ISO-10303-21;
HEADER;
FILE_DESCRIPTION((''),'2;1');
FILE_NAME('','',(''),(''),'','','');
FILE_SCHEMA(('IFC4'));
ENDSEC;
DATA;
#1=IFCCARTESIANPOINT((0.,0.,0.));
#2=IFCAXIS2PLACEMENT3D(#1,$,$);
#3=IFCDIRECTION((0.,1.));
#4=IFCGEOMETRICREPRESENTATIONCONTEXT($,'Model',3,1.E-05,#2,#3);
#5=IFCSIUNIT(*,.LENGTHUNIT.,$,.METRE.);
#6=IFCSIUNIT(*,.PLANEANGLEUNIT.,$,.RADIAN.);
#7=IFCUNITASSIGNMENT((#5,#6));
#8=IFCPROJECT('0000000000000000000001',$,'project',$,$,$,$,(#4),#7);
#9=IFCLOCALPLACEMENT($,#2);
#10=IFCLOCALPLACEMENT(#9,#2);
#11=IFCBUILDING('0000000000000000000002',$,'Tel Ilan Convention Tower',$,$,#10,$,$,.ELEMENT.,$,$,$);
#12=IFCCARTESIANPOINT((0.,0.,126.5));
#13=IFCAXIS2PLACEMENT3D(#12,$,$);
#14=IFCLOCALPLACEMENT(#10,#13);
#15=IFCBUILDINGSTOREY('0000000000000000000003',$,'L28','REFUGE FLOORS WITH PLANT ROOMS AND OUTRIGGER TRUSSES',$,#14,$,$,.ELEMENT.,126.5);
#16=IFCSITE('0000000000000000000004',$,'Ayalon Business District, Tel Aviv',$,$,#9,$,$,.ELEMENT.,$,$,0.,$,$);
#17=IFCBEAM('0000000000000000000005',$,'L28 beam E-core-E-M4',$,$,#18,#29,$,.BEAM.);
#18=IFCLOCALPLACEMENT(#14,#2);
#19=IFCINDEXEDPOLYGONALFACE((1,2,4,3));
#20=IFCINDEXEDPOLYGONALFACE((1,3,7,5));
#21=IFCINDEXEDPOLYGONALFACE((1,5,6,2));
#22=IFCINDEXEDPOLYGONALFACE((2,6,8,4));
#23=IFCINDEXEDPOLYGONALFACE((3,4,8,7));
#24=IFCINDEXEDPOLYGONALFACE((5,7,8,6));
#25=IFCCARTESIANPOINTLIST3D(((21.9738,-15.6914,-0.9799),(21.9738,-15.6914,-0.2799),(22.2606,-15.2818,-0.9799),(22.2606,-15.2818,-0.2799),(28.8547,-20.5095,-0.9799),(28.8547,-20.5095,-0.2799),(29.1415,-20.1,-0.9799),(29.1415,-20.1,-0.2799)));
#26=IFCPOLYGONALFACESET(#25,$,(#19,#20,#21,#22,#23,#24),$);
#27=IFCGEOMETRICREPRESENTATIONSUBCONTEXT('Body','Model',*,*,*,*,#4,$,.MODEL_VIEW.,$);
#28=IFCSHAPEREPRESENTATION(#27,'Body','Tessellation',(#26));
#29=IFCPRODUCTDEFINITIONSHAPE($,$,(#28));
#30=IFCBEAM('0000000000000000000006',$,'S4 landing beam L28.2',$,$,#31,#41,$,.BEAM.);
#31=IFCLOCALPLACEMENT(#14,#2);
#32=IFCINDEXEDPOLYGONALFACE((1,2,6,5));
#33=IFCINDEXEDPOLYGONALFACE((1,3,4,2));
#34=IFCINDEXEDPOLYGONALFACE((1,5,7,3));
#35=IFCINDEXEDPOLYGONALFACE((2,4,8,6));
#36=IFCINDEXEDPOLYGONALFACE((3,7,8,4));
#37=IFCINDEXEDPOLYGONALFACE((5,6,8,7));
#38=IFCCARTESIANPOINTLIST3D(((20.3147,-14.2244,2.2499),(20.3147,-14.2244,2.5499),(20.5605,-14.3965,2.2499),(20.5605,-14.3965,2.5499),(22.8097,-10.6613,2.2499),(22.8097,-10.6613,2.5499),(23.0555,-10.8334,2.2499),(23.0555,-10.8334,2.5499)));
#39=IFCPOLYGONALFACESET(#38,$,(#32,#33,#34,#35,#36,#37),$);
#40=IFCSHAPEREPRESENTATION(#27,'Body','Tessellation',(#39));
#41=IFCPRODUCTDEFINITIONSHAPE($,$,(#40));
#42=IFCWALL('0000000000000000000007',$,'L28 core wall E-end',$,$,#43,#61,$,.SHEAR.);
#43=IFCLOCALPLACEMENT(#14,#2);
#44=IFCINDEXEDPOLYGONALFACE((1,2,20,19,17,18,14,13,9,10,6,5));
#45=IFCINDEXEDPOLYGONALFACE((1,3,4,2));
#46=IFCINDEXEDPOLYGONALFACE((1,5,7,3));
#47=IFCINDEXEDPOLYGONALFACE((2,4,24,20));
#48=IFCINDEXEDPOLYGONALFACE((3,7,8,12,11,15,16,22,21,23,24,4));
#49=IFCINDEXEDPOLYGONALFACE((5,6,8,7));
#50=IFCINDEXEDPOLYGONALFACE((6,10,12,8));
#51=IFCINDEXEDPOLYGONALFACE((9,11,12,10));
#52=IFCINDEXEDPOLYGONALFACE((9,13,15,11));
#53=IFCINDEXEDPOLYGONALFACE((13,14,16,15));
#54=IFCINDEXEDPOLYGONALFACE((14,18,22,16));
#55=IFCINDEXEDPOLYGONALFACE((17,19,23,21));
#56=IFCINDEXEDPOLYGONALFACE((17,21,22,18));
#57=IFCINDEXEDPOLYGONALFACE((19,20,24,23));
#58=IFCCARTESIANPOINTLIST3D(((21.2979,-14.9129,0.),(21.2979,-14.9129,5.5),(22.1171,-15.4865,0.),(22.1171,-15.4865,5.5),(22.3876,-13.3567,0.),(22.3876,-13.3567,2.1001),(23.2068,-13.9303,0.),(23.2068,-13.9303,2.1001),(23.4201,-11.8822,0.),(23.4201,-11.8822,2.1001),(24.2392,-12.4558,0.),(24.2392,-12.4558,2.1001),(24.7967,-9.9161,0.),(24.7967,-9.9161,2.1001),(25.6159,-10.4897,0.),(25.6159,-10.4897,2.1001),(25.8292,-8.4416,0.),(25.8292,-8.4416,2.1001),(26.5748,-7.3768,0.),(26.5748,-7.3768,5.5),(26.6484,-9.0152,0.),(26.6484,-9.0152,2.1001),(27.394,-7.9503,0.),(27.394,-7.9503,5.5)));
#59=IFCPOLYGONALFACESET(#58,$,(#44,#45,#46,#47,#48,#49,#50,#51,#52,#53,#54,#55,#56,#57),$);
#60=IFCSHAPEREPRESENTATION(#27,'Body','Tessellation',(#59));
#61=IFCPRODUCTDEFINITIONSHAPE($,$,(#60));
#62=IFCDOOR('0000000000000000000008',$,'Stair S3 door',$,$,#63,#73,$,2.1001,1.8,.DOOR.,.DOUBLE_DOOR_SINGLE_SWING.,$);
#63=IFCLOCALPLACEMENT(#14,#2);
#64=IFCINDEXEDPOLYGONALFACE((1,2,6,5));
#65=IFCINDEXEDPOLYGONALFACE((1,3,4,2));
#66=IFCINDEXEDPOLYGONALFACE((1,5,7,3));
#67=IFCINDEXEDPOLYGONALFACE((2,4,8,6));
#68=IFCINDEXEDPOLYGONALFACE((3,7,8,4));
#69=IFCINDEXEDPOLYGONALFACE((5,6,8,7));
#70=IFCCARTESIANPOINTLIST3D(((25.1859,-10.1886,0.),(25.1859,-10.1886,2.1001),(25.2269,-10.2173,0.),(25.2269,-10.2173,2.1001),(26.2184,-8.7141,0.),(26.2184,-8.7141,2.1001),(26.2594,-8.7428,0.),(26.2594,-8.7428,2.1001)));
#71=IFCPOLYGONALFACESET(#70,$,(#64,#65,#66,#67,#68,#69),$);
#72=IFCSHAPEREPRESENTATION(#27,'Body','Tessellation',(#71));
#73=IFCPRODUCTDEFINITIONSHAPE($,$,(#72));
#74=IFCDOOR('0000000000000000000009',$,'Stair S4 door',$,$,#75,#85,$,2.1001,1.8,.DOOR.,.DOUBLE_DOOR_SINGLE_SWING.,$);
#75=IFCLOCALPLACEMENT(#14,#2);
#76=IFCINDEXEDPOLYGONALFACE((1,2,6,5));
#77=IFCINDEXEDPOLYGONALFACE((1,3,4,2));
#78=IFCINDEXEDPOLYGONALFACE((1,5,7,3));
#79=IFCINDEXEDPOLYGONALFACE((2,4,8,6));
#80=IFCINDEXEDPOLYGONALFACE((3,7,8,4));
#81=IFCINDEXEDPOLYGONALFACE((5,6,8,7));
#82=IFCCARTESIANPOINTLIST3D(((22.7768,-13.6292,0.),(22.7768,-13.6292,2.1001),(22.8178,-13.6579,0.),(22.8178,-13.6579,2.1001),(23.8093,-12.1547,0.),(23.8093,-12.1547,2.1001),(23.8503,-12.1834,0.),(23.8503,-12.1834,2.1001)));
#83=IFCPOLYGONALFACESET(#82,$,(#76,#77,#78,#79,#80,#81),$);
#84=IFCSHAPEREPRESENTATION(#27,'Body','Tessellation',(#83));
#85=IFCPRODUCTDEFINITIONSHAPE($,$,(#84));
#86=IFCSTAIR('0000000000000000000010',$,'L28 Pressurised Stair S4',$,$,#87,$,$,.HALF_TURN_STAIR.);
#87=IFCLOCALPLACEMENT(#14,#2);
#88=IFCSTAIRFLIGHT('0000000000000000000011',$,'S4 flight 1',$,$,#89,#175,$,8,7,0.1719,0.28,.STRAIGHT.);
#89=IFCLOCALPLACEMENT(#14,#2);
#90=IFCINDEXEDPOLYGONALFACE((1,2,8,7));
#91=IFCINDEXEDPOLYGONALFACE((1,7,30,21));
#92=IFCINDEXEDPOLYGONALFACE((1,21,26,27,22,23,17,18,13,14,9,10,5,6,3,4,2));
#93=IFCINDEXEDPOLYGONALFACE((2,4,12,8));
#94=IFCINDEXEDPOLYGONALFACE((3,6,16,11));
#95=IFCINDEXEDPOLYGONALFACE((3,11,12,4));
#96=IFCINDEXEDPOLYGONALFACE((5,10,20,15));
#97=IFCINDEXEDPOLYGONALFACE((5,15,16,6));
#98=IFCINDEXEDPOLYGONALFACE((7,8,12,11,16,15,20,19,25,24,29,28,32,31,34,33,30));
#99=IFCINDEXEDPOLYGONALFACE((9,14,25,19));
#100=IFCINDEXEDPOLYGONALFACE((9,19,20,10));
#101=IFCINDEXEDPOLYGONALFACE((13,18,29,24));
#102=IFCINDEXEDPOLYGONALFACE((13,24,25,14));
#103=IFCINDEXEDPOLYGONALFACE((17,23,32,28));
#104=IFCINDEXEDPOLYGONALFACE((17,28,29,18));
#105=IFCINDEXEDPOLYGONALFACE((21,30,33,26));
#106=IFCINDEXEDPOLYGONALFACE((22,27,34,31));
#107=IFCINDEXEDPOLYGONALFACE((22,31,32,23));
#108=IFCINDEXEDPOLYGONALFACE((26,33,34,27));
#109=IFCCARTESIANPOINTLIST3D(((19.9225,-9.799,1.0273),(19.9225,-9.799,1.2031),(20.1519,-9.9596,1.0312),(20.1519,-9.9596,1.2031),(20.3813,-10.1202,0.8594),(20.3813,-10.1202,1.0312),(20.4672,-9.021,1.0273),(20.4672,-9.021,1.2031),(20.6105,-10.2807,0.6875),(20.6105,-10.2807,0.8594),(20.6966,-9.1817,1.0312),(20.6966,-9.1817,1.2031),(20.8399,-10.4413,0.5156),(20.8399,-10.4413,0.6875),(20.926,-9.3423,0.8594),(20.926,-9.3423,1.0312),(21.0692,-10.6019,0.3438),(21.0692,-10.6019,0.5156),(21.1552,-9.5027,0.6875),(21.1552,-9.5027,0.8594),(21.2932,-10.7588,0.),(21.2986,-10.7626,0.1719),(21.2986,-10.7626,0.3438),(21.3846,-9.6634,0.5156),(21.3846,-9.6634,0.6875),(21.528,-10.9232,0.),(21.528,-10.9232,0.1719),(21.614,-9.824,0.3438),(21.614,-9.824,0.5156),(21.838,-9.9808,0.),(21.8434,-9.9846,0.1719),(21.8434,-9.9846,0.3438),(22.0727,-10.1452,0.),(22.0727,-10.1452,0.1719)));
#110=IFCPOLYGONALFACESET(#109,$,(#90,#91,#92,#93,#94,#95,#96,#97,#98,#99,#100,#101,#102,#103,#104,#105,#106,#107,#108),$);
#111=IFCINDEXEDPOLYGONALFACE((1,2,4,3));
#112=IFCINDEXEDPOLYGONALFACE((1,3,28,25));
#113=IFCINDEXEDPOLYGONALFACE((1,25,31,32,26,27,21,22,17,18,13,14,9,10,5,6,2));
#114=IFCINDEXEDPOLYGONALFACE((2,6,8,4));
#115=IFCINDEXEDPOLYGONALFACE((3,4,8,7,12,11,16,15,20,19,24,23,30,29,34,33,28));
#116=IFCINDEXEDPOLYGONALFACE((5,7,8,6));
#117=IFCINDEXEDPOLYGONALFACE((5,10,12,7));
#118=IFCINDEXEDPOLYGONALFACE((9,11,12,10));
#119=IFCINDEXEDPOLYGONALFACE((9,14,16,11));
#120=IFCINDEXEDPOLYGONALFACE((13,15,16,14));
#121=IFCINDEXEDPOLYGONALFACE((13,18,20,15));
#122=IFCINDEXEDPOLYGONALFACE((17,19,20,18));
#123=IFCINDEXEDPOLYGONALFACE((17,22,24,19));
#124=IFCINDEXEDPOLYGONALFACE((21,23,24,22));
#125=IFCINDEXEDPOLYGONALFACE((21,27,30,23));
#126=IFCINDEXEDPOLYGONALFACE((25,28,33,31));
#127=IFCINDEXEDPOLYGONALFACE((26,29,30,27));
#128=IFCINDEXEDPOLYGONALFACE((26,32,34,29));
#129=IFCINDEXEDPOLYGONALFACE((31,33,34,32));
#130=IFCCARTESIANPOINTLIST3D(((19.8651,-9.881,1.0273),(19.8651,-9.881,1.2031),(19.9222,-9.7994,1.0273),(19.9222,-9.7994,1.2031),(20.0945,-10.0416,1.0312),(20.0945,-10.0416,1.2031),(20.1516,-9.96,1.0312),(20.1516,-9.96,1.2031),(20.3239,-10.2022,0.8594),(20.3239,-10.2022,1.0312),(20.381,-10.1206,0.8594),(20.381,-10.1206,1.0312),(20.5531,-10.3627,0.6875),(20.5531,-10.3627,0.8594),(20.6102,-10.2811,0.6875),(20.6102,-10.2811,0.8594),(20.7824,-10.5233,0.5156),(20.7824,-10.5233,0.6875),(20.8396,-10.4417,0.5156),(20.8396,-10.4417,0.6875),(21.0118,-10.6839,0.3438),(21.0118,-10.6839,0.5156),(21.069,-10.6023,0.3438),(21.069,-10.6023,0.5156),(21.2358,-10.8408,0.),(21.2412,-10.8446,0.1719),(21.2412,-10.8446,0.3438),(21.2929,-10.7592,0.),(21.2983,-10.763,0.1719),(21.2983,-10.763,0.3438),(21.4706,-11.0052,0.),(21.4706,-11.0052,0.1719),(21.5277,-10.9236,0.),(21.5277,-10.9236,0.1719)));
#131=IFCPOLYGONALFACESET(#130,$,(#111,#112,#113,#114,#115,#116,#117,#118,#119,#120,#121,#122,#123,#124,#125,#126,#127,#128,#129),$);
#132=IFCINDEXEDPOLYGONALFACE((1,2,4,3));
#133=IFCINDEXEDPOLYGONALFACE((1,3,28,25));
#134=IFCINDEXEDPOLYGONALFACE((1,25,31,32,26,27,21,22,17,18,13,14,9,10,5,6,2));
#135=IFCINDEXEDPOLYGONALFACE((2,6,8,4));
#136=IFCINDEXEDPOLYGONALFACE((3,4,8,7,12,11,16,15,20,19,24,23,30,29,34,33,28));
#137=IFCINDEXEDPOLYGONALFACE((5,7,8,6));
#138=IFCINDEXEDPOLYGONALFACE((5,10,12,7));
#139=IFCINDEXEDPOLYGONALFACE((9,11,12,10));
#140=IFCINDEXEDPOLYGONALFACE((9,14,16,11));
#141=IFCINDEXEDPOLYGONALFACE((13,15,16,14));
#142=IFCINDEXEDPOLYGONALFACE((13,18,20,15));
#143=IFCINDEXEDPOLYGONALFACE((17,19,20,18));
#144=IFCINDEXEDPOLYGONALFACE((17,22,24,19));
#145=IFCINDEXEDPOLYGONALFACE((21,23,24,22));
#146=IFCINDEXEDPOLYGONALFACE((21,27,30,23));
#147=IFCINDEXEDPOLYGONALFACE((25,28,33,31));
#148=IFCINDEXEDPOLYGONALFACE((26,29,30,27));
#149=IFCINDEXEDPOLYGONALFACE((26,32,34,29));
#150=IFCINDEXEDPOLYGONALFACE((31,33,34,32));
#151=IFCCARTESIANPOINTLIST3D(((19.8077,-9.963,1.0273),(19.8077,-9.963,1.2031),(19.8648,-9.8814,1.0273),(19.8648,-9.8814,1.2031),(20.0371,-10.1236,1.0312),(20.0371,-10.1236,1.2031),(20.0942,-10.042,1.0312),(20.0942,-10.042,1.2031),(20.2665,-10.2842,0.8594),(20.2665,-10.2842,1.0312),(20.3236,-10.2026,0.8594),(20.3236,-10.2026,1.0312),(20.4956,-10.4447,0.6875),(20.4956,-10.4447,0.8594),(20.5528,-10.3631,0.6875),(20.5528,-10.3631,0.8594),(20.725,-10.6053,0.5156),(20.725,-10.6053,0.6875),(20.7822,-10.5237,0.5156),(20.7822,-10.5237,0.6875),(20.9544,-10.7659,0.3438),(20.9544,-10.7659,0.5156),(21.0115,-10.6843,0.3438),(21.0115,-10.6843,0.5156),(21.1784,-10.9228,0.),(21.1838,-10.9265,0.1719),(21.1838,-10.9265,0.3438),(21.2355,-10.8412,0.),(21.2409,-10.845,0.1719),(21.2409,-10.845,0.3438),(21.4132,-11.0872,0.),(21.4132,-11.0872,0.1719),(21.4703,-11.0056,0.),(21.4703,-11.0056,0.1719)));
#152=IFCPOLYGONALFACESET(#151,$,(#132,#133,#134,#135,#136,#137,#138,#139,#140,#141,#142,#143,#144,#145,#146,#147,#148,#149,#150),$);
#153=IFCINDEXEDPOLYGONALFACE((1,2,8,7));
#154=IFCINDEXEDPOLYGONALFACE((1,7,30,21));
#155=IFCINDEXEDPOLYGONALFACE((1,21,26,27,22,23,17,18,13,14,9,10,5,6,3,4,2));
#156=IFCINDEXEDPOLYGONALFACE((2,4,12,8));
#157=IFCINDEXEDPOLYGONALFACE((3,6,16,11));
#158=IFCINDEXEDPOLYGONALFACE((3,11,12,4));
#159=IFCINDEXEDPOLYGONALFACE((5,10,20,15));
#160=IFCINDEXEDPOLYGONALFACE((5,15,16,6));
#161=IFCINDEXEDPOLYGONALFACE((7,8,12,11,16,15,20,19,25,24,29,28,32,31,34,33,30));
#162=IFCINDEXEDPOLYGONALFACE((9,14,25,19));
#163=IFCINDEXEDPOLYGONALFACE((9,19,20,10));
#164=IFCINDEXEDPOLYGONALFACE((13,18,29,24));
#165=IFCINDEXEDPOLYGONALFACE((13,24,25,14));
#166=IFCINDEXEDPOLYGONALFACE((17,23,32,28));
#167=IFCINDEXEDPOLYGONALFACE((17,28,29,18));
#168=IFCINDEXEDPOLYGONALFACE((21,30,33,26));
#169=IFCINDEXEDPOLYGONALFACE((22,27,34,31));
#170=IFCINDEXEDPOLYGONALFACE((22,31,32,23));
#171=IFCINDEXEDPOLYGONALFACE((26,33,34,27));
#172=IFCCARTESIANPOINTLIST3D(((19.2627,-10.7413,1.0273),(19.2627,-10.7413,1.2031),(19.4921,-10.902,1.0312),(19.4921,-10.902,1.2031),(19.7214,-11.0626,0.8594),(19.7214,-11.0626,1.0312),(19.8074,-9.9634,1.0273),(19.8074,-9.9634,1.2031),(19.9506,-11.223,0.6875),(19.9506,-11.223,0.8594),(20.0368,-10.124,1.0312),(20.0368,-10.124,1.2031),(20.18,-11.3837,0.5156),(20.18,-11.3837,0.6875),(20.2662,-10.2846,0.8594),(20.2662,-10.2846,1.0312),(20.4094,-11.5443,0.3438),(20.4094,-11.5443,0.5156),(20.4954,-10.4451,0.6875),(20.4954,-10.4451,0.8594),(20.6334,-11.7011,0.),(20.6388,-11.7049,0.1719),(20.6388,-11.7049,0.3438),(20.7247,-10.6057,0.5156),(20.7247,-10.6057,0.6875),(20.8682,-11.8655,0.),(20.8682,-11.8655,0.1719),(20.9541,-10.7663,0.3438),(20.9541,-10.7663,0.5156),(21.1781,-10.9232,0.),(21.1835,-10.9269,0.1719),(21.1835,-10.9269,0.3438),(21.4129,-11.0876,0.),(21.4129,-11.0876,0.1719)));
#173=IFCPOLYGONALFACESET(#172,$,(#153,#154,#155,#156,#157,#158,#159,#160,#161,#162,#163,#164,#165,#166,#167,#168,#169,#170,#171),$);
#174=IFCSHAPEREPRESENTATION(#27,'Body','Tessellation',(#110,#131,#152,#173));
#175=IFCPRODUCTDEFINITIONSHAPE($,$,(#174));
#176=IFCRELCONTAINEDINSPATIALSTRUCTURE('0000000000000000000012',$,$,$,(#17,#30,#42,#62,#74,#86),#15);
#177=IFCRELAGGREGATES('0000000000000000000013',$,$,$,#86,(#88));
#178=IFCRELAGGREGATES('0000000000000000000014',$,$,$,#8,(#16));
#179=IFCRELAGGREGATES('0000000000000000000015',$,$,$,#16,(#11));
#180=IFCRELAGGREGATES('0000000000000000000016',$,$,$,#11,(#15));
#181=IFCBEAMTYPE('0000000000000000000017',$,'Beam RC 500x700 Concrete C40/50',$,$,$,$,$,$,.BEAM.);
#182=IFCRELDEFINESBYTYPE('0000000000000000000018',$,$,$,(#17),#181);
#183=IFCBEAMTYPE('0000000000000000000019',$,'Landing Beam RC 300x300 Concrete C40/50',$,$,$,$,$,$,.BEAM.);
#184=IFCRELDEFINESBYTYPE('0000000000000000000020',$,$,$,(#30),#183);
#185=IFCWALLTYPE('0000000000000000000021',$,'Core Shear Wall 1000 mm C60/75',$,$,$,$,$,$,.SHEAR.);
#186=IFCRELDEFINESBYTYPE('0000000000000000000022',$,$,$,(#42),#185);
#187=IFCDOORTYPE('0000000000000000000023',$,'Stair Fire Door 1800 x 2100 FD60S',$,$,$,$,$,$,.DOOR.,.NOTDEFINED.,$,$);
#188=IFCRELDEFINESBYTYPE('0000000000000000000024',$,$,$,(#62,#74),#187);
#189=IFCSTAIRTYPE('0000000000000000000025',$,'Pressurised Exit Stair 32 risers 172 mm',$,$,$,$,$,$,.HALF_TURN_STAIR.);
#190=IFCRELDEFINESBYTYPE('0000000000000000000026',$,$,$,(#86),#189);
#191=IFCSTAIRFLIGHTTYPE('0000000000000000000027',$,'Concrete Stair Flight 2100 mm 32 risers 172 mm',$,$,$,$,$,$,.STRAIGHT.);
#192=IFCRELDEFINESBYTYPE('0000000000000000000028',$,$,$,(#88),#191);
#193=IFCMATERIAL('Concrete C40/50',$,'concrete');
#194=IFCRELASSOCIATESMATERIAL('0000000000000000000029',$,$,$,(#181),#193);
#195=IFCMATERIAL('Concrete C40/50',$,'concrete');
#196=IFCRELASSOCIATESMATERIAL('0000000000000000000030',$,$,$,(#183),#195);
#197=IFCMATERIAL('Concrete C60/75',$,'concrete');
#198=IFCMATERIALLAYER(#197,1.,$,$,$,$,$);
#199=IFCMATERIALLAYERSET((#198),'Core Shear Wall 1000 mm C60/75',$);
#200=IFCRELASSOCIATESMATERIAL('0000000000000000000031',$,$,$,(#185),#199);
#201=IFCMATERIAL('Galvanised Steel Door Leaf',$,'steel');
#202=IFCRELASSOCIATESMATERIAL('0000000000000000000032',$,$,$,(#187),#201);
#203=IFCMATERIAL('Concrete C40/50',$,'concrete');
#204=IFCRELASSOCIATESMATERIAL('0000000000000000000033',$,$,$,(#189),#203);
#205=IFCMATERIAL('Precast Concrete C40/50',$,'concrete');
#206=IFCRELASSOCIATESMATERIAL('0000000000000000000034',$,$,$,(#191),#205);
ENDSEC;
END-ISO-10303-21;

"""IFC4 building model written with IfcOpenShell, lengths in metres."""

from ifc_helpers import new_model, si_unit, direction, frame, frame_2d, origin, origin_2d, place, context, subcontext, project, spatial, polyline, rectangle, outline, extrude, material, layer, layer_set, material_profile, profile_set, type_object, element, fill, aggregate, save


model = new_model("IFC4")

# Units and contexts
model_context = context("Model", 3, precision=1e-05, world=origin(), true_north=direction((0.0, 1.0)))
body_context = subcontext(model_context, "Body", "Model", "MODEL_VIEW")
ifc_project = project(units=[si_unit("LENGTHUNIT", "METRE"), si_unit("PLANEANGLEUNIT", "RADIAN")], contexts=[model_context])

# Site, building, storey
site_placement = place(None, origin())
site = spatial("IfcSite", under=ifc_project, at=site_placement, Name="Ayalon Business District, Tel Aviv", CompositionType="ELEMENT", RefElevation=0.0)
building_placement = place(site_placement, origin())
building = spatial("IfcBuilding", under=site, at=building_placement, Name="Tel Ilan Convention Tower", CompositionType="ELEMENT")
storey_placement = place(building_placement, frame((0.0, 0.0, 126.5)))
storey = spatial("IfcBuildingStorey", under=building, at=storey_placement, Name="L28", Description="REFUGE FLOORS WITH PLANT ROOMS AND OUTRIGGER TRUSSES", CompositionType="ELEMENT", Elevation=126.5)

# Beams
ifc_material_1 = material(Name="Concrete C40/50", Category="concrete")
ifc_material_profile_1 = material_profile(ifc_material_1, rectangle(XDim=0.5, YDim=0.7, at=origin_2d()), Name="RC 500x700")
ifc_profile_set_1 = profile_set([ifc_material_profile_1], Name="Concrete C40/50")
beam_type_1 = type_object("IfcBeamType", Name="Beam RC 500x700 Concrete C40/50", PredefinedType="BEAM", material=ifc_profile_set_1)
beam_1_placement = place(storey_placement, frame((22.1172, -15.4866, -0.6299), z_axis=(0.819147, -0.573583, 0.0), x_axis=(0.573583, 0.819147, 0.0)))
element("IfcBeam", 1, at=beam_1_placement, inside=storey, type_object=beam_type_1, Name="L28 beam E-core-E-M4", PredefinedType="BEAM", context=body_context, shape_type="SweptSolid", body=[
    extrude(rectangle(XDim=0.5, YDim=0.7, at=origin_2d()), origin(), (0.0, 0.0, 1.0), 8.4001),
])
ifc_material_2 = material(Name="Concrete C40/50", Category="concrete")
ifc_material_profile_2 = material_profile(ifc_material_2, rectangle(XDim=0.3, YDim=0.3, at=origin_2d()), Name="RC 300x300")
ifc_profile_set_2 = profile_set([ifc_material_profile_2], Name="Concrete C40/50")
beam_type_2 = type_object("IfcBeamType", Name="Landing Beam RC 300x300 Concrete C40/50", PredefinedType="BEAM", material=ifc_profile_set_2)
beam_2_placement = place(storey_placement, frame((22.9326, -10.7473, 2.3999), z_axis=(-0.573594, -0.81914, 0.0), x_axis=(0.81914, -0.573594, 0.0)))
element("IfcBeam", 2, at=beam_2_placement, inside=storey, type_object=beam_type_2, Name="S4 landing beam L28.2", PredefinedType="BEAM", context=body_context, shape_type="SweptSolid", body=[
    extrude(rectangle(XDim=0.3, YDim=0.3, at=origin_2d()), origin(), (0.0, 0.0, 1.0), 4.3499),
])

# Wall, openings, doors
ifc_material_3 = material(Name="Concrete C60/75", Category="concrete")
ifc_layer_1 = layer(ifc_material_3, 1.0)
ifc_layer_set_1 = layer_set([ifc_layer_1], Name="Core Shear Wall 1000 mm C60/75")
wall_type = type_object("IfcWallType", Name="Core Shear Wall 1000 mm C60/75", PredefinedType="SHEAR", material=ifc_layer_set_1)
wall_placement = place(storey_placement, frame((21.7075, -15.1997, 0.0), z_axis=(0.0, 0.0, 1.0), x_axis=(0.573576, 0.819152, 0.0)))
wall = element("IfcWall", 3, at=wall_placement, inside=storey, type_object=wall_type, Name="L28 core wall E-end", PredefinedType="SHEAR", context=body_context, shape_type="SweptSolid", body=[
    extrude(outline(polyline([(9.2, 0.5), (0.0, 0.5), (0.0, -0.5), (9.2, -0.5), (9.2, 0.5)])), origin(), (0.0, 0.0, 1.0), 5.5),
])
opening_1_placement = place(wall_placement, frame((6.1001, 0.0, 0.0)))
opening_1 = element("IfcOpeningElement", 4, at=opening_1_placement, cuts=wall, PredefinedType="OPENING", context=body_context, shape_type="SweptSolid", body=[
    extrude(rectangle(XDim=1.8, YDim=2.1001, at=frame_2d((0.8999, 1.05))), frame((0.0, 0.51, 0.0), z_axis=(0.0, -1.0, 0.0), x_axis=(1.0, 0.0, 0.0)), (0.0, 0.0, 1.0), 1.02),
])
opening_2_placement = place(wall_placement, frame((1.8999, 0.0, 0.0)))
opening_2 = element("IfcOpeningElement", 5, at=opening_2_placement, cuts=wall, PredefinedType="OPENING", context=body_context, shape_type="SweptSolid", body=[
    extrude(rectangle(XDim=1.8, YDim=2.1001, at=frame_2d((0.8999, 1.05))), frame((0.0, 0.51, 0.0), z_axis=(0.0, -1.0, 0.0), x_axis=(1.0, 0.0, 0.0)), (0.0, 0.0, 1.0), 1.02),
])
ifc_material_4 = material(Name="Galvanised Steel Door Leaf", Category="steel")
door_type = type_object("IfcDoorType", Name="Stair Fire Door 1800 x 2100 FD60S", OperationType="NOTDEFINED", PredefinedType="DOOR", material=ifc_material_4)
door_1_placement = place(opening_1_placement, origin())
door_1 = element("IfcDoor", 6, at=door_1_placement, inside=storey, type_object=door_type, Name="Stair S3 door", OperationType="DOUBLE_DOOR_SINGLE_SWING", OverallHeight=2.1001, OverallWidth=1.8, PredefinedType="DOOR", context=body_context, shape_type="SweptSolid", body=[
    extrude(rectangle(XDim=1.8, YDim=2.1001, at=frame_2d((0.8999, 1.05))), frame((0.0, 0.0249, 0.0), z_axis=(0.0, -1.0, 0.0), x_axis=(1.0, 0.0, 0.0)), (0.0, 0.0, 1.0), 0.05),
])
fill(opening_1, door_1)
door_2_placement = place(opening_2_placement, origin())
door_2 = element("IfcDoor", 7, at=door_2_placement, inside=storey, type_object=door_type, Name="Stair S4 door", OperationType="DOUBLE_DOOR_SINGLE_SWING", OverallHeight=2.1001, OverallWidth=1.8, PredefinedType="DOOR", context=body_context, shape_type="SweptSolid", body=[
    extrude(rectangle(XDim=1.8, YDim=2.1001, at=frame_2d((0.8999, 1.05))), frame((0.0, 0.0249, 0.0), z_axis=(0.0, -1.0, 0.0), x_axis=(1.0, 0.0, 0.0)), (0.0, 0.0, 1.0), 0.05),
])
fill(opening_2, door_2)

# Stair, stair flight
ifc_material_5 = material(Name="Concrete C40/50", Category="concrete")
stair_type = type_object("IfcStairType", Name="Pressurised Exit Stair 32 risers 172 mm", PredefinedType="HALF_TURN_STAIR", material=ifc_material_5)
stair_placement = place(storey_placement, origin())
stair = element("IfcStair", 8, at=stair_placement, inside=storey, type_object=stair_type, Name="L28 Pressurised Stair S4", PredefinedType="HALF_TURN_STAIR")
ifc_material_6 = material(Name="Precast Concrete C40/50", Category="concrete")
stair_flight_type = type_object("IfcStairFlightType", Name="Concrete Stair Flight 2100 mm 32 risers 172 mm", PredefinedType="STRAIGHT", material=ifc_material_6)
stair_flight_1_placement = place(storey_placement, frame((21.4705, -11.0054, 0.0), z_axis=(0.0, 0.0, 1.0), x_axis=(-0.819152, 0.573576, 0.0)))
stair_flight_1 = element("IfcStairFlight", 9, at=stair_flight_1_placement, type_object=stair_flight_type, Name="S4 flight 1", NumberOfRisers=8, NumberOfTreads=7, PredefinedType="STRAIGHT", RiserHeight=0.1719, TreadLength=0.28, context=body_context, shape_type="SweptSolid", body=[
    extrude(outline(polyline([(0.0, 0.0), (0.0, 0.1719), (0.28, 0.1719), (0.28, 0.3438), (0.5601, 0.3438), (0.5601, 0.5156), (0.8401, 0.5156), (0.8401, 0.6875), (1.1201, 0.6875), (1.1201, 0.8594), (1.3999, 0.8594), (1.3999, 1.0312), (1.6799, 1.0312), (1.6799, 1.2031), (1.96, 1.2031), (1.96, 1.375), (1.96, 1.0273), (0.2866, 0.0), (0.0, 0.0)])), frame((0.0, -0.1003, 0.0), z_axis=(0.0, -1.0, 0.0), x_axis=(1.0, 0.0, 0.0)), (0.0, 0.0, 1.0), 0.9497),
    extrude(outline(polyline([(0.0, 0.0), (0.0, 0.1719), (0.28, 0.1719), (0.28, 0.3438), (0.5601, 0.3438), (0.5601, 0.5156), (0.8401, 0.5156), (0.8401, 0.6875), (1.1201, 0.6875), (1.1201, 0.8594), (1.3999, 0.8594), (1.3999, 1.0312), (1.6799, 1.0312), (1.6799, 1.2031), (1.96, 1.2031), (1.96, 1.375), (1.96, 1.0273), (0.2866, 0.0), (0.0, 0.0)])), frame((0.0, -0.0002, 0.0), z_axis=(0.0, -1.0, 0.0), x_axis=(1.0, 0.0, 0.0)), (0.0, 0.0, 1.0), 0.0996),
    extrude(outline(polyline([(0.0, 0.0), (0.0, 0.1719), (0.28, 0.1719), (0.28, 0.3438), (0.5601, 0.3438), (0.5601, 0.5156), (0.8401, 0.5156), (0.8401, 0.6875), (1.1201, 0.6875), (1.1201, 0.8594), (1.3999, 0.8594), (1.3999, 1.0312), (1.6799, 1.0312), (1.6799, 1.2031), (1.96, 1.2031), (1.96, 1.375), (1.96, 1.0273), (0.2866, 0.0), (0.0, 0.0)])), frame((0.0, 0.0999, 0.0), z_axis=(0.0, -1.0, 0.0), x_axis=(1.0, 0.0, 0.0)), (0.0, 0.0, 1.0), 0.0996),
    extrude(outline(polyline([(0.0, 0.0), (0.0, 0.1719), (0.28, 0.1719), (0.28, 0.3438), (0.5601, 0.3438), (0.5601, 0.5156), (0.8401, 0.5156), (0.8401, 0.6875), (1.1201, 0.6875), (1.1201, 0.8594), (1.3999, 0.8594), (1.3999, 1.0312), (1.6799, 1.0312), (1.6799, 1.2031), (1.96, 1.2031), (1.96, 1.375), (1.96, 1.0273), (0.2866, 0.0), (0.0, 0.0)])), frame((0.0, 1.05, 0.0), z_axis=(0.0, -1.0, 0.0), x_axis=(1.0, 0.0, 0.0)), (0.0, 0.0, 1.0), 0.9497),
])
aggregate(stair, [stair_flight_1])

save(model, "model.ifc")
